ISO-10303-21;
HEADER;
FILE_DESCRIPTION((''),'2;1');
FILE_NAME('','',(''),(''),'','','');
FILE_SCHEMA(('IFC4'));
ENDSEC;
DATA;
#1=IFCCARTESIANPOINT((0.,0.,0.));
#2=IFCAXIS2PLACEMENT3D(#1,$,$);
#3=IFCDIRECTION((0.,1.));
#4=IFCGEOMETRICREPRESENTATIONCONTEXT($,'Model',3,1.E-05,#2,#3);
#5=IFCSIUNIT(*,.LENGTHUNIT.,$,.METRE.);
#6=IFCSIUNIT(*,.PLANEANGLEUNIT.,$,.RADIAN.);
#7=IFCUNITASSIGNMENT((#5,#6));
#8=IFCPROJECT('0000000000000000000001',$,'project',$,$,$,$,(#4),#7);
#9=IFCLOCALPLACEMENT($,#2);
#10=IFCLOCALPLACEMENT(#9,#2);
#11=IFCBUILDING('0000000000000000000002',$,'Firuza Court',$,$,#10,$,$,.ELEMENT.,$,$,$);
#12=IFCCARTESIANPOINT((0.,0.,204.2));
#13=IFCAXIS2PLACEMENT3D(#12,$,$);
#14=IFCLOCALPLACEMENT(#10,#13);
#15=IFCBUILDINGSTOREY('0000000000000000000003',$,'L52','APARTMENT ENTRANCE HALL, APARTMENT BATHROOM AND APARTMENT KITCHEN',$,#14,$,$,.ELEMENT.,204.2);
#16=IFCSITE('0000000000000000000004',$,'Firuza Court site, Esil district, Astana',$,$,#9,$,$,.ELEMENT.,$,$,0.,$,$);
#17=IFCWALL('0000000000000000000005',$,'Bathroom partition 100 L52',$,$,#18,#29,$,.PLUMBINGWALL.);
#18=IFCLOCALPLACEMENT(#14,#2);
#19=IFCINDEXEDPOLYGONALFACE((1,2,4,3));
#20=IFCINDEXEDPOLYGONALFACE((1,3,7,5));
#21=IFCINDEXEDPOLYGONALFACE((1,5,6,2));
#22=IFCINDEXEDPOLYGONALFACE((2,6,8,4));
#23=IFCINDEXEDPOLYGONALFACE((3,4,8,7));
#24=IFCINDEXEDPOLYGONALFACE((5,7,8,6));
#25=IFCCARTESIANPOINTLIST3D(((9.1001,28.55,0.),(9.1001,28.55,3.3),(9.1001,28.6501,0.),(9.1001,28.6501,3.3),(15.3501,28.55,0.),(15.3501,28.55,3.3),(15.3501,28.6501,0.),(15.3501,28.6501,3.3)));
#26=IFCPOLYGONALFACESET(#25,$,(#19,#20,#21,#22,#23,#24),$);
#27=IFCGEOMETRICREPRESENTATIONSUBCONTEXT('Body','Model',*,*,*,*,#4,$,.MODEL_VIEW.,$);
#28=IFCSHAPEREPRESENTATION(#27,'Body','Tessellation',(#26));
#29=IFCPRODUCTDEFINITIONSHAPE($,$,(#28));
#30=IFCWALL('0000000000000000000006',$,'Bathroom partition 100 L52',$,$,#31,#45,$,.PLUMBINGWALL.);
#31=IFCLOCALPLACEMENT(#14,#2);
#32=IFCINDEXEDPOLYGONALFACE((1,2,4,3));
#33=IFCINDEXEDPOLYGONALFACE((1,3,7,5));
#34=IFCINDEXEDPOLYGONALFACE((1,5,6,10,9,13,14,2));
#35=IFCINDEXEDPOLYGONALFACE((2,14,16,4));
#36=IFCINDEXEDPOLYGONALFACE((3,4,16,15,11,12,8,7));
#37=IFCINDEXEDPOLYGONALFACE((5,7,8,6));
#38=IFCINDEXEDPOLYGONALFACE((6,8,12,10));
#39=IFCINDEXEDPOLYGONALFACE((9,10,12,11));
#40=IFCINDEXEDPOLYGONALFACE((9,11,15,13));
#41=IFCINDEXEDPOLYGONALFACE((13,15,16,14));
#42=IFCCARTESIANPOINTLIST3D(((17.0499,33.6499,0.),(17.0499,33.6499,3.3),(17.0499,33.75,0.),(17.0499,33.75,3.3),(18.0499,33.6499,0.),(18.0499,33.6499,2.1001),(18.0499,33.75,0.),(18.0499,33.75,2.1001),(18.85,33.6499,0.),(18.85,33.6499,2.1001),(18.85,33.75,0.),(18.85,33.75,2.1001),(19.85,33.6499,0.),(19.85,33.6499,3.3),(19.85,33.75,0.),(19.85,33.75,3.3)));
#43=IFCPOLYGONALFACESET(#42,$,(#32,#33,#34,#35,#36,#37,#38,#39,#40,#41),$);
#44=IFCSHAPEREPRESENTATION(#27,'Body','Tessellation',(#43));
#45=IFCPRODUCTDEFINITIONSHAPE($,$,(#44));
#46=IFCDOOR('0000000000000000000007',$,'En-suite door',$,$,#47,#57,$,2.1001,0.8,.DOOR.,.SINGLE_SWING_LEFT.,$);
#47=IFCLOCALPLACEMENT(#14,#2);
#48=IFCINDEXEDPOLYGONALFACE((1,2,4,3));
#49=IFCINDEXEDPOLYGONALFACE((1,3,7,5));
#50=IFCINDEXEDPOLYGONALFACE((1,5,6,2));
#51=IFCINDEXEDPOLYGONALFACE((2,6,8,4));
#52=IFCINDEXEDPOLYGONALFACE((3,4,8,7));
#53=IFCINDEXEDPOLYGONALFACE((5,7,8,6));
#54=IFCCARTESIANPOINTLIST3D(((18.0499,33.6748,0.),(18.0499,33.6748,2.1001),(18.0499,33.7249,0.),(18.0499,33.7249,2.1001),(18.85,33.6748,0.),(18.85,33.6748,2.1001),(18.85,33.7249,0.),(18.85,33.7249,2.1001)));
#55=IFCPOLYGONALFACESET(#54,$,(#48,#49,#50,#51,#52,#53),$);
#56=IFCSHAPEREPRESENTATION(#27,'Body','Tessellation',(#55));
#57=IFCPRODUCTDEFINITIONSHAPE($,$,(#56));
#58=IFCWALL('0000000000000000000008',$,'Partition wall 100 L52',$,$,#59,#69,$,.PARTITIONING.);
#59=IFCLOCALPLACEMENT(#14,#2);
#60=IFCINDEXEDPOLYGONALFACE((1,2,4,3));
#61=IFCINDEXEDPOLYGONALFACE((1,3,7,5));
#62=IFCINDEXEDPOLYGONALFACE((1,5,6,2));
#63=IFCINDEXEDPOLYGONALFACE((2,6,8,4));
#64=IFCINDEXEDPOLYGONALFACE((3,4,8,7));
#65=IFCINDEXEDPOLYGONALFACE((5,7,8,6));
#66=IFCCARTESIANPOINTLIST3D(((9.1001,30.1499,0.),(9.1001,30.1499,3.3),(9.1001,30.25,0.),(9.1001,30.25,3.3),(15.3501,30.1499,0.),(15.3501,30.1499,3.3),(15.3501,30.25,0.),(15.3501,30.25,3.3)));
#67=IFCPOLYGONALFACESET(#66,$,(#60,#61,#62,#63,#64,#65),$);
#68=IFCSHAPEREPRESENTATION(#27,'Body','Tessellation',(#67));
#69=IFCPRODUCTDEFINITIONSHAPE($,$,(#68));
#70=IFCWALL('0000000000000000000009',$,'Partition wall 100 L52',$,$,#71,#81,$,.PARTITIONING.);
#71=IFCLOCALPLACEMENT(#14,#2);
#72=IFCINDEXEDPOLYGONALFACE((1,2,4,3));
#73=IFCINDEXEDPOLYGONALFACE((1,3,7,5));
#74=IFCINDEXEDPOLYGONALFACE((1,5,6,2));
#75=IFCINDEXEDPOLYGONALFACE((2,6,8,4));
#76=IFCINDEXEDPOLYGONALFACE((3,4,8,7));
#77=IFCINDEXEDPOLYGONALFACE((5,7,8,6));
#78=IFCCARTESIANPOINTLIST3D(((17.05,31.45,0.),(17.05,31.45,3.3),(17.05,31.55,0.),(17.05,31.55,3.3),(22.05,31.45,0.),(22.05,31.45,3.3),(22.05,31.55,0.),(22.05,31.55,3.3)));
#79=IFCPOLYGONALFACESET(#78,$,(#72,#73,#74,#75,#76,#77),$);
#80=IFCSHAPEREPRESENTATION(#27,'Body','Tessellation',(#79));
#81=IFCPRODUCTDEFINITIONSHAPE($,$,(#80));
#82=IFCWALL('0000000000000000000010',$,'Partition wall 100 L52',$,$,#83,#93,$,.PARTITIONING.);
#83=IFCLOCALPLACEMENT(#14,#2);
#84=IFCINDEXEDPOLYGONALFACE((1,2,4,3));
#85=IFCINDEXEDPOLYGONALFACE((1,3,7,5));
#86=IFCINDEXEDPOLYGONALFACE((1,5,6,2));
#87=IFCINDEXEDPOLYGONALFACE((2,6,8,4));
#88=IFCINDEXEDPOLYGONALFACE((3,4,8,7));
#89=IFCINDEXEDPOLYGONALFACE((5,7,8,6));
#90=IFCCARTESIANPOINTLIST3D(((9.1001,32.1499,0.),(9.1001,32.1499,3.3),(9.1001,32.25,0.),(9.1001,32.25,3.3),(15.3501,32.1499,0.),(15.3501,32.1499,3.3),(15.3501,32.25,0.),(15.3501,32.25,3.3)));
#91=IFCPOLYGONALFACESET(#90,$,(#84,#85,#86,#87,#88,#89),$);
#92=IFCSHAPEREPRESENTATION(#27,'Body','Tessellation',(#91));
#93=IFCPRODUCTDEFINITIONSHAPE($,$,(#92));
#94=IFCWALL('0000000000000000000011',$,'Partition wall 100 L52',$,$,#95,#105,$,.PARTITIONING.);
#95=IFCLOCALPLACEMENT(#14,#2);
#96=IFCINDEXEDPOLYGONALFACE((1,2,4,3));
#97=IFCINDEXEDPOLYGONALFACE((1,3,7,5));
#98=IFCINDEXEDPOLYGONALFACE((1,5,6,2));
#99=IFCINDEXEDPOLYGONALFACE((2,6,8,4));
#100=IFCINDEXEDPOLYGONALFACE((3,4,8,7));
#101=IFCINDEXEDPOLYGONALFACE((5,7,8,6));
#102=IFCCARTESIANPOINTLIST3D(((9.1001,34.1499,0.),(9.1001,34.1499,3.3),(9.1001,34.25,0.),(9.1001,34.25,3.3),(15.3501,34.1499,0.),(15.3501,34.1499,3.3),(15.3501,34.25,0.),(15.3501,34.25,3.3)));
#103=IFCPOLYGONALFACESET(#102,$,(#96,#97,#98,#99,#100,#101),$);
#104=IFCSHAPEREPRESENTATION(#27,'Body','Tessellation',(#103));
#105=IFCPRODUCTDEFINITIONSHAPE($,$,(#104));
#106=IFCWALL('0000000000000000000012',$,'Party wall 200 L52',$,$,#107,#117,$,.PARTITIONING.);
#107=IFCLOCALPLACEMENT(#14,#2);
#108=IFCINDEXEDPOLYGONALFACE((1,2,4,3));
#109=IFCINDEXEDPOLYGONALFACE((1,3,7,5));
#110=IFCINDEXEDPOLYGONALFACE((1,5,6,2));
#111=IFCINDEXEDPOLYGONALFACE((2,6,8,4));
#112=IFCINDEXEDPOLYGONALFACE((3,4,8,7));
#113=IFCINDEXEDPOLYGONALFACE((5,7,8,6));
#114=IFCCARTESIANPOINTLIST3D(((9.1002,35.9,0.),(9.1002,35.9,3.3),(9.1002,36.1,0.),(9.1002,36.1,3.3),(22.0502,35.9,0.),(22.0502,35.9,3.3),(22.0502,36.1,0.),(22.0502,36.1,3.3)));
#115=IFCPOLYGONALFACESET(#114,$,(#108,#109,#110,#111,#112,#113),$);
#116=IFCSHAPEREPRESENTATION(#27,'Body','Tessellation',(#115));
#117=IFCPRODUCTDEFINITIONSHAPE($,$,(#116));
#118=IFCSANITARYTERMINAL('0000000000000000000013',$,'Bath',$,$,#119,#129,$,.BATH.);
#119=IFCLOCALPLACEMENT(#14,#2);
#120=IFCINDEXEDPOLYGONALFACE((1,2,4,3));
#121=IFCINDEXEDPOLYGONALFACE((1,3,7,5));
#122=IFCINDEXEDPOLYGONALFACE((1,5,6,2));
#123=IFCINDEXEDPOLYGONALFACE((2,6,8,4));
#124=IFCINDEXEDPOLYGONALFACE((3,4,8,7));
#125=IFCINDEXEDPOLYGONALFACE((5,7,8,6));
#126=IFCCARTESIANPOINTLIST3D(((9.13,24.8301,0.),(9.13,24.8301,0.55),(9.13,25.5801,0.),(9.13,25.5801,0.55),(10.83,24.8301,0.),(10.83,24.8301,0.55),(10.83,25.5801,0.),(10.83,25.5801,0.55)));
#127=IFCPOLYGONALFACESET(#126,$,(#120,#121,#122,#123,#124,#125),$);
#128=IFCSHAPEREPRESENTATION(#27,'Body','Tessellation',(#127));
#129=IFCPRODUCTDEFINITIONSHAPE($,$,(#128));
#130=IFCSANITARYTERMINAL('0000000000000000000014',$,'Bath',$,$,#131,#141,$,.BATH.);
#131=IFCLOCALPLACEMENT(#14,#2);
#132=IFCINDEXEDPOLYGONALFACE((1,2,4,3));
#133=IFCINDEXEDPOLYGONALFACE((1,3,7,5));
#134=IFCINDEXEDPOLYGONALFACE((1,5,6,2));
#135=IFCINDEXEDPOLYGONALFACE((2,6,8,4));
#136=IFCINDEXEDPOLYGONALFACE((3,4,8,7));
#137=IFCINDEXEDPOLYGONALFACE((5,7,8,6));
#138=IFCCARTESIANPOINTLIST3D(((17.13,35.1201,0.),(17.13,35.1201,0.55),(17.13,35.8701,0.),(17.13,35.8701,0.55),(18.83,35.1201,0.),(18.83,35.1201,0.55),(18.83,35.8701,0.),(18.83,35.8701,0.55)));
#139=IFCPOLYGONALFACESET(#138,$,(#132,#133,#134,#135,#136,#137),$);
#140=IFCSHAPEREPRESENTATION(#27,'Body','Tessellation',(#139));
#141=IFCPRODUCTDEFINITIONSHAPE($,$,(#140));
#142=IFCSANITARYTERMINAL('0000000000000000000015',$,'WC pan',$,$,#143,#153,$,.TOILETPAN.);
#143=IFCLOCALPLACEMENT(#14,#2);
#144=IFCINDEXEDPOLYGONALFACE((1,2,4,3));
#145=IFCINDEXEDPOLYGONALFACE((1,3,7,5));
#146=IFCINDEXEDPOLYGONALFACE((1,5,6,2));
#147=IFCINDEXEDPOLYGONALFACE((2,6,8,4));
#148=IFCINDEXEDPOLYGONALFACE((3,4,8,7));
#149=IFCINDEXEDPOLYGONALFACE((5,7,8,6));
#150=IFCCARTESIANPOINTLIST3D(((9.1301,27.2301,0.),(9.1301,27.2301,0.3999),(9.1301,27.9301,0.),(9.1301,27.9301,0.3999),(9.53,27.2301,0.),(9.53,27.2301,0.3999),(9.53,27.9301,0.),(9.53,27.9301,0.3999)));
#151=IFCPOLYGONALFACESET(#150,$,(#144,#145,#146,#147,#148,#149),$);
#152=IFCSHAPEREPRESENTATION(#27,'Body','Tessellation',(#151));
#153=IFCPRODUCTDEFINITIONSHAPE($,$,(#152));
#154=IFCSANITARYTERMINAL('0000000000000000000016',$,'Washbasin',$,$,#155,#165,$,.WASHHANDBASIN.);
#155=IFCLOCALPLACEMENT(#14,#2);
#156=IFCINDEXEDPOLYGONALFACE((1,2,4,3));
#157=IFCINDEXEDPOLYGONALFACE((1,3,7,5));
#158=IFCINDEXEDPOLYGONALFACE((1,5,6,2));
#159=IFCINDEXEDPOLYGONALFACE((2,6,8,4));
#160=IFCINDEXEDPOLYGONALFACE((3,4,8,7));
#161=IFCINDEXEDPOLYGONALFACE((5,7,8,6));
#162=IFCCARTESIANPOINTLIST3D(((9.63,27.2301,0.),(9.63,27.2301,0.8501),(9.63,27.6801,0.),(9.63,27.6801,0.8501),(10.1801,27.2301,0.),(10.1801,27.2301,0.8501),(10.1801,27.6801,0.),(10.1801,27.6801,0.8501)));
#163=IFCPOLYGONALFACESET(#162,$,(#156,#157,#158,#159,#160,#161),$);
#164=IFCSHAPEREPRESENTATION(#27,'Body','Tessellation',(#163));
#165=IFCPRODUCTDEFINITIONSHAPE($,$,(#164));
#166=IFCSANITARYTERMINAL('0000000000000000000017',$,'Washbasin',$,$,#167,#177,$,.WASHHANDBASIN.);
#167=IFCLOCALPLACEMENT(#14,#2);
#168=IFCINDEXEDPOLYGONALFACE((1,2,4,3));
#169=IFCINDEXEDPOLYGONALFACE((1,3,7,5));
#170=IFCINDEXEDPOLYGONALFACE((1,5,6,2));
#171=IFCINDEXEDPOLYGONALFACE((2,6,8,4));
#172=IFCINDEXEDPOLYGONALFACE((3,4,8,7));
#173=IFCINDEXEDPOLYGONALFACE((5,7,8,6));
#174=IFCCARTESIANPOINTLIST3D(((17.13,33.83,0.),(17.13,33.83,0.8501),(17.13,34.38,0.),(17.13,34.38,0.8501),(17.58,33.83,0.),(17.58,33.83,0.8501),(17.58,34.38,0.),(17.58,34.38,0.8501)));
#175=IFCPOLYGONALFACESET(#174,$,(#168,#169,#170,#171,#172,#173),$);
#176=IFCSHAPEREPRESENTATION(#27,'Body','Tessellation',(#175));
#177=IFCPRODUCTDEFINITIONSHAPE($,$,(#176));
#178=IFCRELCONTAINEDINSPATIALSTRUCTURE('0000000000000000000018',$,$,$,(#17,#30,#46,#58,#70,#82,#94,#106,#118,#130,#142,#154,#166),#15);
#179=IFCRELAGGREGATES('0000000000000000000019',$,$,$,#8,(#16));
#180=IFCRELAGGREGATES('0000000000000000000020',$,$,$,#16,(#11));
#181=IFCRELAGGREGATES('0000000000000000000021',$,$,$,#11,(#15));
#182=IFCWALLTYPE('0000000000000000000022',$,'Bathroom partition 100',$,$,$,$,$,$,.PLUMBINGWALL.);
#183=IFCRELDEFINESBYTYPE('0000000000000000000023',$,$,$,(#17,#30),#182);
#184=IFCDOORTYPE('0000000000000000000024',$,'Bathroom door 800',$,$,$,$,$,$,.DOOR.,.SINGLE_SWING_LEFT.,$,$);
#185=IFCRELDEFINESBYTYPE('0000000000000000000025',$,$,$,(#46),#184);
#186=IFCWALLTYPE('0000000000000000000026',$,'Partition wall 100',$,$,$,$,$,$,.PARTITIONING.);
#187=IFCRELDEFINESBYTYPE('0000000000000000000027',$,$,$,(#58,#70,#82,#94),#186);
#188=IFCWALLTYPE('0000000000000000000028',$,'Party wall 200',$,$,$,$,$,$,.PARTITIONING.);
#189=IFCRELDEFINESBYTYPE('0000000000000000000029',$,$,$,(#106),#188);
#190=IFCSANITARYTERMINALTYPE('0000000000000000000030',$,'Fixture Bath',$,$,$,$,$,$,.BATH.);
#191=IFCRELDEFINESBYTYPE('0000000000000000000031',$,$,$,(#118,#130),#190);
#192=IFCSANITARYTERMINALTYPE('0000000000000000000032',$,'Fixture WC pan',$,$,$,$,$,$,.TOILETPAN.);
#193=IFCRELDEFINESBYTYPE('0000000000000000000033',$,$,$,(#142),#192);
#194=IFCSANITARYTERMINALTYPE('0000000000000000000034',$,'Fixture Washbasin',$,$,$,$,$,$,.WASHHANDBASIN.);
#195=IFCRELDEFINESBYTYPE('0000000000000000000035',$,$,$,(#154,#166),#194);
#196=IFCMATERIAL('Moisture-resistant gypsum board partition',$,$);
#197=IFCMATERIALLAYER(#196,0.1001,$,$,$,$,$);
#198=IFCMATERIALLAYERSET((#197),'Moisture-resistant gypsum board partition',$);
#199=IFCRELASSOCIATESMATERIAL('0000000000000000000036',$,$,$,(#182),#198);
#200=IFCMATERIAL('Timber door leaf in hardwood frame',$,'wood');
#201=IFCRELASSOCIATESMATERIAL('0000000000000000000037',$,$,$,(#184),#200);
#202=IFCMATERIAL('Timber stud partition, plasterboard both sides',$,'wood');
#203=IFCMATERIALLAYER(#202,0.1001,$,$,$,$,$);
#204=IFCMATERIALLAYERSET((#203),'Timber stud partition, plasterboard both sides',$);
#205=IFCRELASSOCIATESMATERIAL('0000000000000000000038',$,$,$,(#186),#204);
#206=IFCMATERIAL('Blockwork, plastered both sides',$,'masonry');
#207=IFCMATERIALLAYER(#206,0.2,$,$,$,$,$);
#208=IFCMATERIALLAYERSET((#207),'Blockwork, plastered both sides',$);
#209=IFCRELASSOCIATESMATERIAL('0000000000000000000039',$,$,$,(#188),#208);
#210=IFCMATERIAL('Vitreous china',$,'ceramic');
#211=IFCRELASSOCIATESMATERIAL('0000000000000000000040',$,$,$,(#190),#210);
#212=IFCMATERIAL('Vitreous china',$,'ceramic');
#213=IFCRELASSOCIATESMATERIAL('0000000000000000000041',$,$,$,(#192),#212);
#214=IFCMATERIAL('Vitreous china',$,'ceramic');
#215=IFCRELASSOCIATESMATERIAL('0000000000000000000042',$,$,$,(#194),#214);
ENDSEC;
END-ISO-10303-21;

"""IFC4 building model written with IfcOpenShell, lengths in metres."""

from ifc_helpers import new_model, si_unit, direction, frame, frame_2d, origin, origin_2d, place, context, subcontext, project, spatial, rectangle, extrude, material, layer, layer_set, type_object, element, fill, save


model = new_model("IFC4")

# Units and contexts
model_context = context("Model", 3, precision=1e-05, world=origin(), true_north=direction((0.0, 1.0)))
body_context = subcontext(model_context, "Body", "Model", "MODEL_VIEW")
ifc_project = project(units=[si_unit("LENGTHUNIT", "METRE"), si_unit("PLANEANGLEUNIT", "RADIAN")], contexts=[model_context])

# Site, building, storey
site_placement = place(None, origin())
site = spatial("IfcSite", under=ifc_project, at=site_placement, Name="Firuza Court site, Esil district, Astana", CompositionType="ELEMENT", RefElevation=0.0)
building_placement = place(site_placement, origin())
building = spatial("IfcBuilding", under=site, at=building_placement, Name="Firuza Court", CompositionType="ELEMENT")
storey_placement = place(building_placement, frame((0.0, 0.0, 204.2)))
storey = spatial("IfcBuildingStorey", under=building, at=storey_placement, Name="L52", Description="APARTMENT ENTRANCE HALL, APARTMENT BATHROOM AND APARTMENT KITCHEN", CompositionType="ELEMENT", Elevation=204.2)

# Wall
ifc_material_1 = material(Name="Moisture-resistant gypsum board partition")
ifc_layer_1 = layer(ifc_material_1, 0.1001)
ifc_layer_set_1 = layer_set([ifc_layer_1], Name="Moisture-resistant gypsum board partition")
wall_type_1 = type_object("IfcWallType", Name="Bathroom partition 100", PredefinedType="PLUMBINGWALL", material=ifc_layer_set_1)
wall_1_placement = place(storey_placement, frame((9.1001, 28.6001, 0.0), z_axis=(0.0, 0.0, 1.0), x_axis=(1.0, 0.0, 0.0)))
element("IfcWall", 1, at=wall_1_placement, inside=storey, type_object=wall_type_1, Name="Bathroom partition 100 L52", PredefinedType="PLUMBINGWALL", context=body_context, shape_type="SweptSolid", body=[
    extrude(rectangle(XDim=6.25, YDim=0.1001, at=frame_2d((3.125, 0.0))), origin(), (0.0, 0.0, 1.0), 3.3),
])

# Wall, opening, door
wall_2_placement = place(storey_placement, frame((17.05, 33.7, 0.0), z_axis=(0.0, 0.0, 1.0), x_axis=(1.0, 0.0, 0.0)))
wall_2 = element("IfcWall", 2, at=wall_2_placement, inside=storey, type_object=wall_type_1, Name="Bathroom partition 100 L52", PredefinedType="PLUMBINGWALL", context=body_context, shape_type="SweptSolid", body=[
    extrude(rectangle(XDim=2.8, YDim=0.1001, at=frame_2d((1.3999, 0.0))), origin(), (0.0, 0.0, 1.0), 3.3),
])
opening_placement = place(wall_2_placement, frame((1.0, 0.0, 0.0)))
opening = element("IfcOpeningElement", 3, at=opening_placement, cuts=wall_2, PredefinedType="OPENING", context=body_context, shape_type="SweptSolid", body=[
    extrude(rectangle(XDim=0.8, YDim=2.1001, at=frame_2d((0.3999, 1.05))), frame((0.0, 0.062, 0.0), z_axis=(0.0, -1.0, 0.0), x_axis=(1.0, 0.0, 0.0)), (0.0, 0.0, 1.0), 0.124),
])
ifc_material_2 = material(Name="Timber door leaf in hardwood frame", Category="wood")
door_type = type_object("IfcDoorType", Name="Bathroom door 800", OperationType="SINGLE_SWING_LEFT", PredefinedType="DOOR", material=ifc_material_2)
door_placement = place(opening_placement, origin())
door = element("IfcDoor", 4, at=door_placement, inside=storey, type_object=door_type, Name="En-suite door", OperationType="SINGLE_SWING_LEFT", OverallHeight=2.1001, OverallWidth=0.8, PredefinedType="DOOR", context=body_context, shape_type="SweptSolid", body=[
    extrude(rectangle(XDim=0.8, YDim=2.1001, at=frame_2d((0.3999, 1.05))), frame((0.0, 0.0249, 0.0), z_axis=(0.0, -1.0, 0.0), x_axis=(1.0, 0.0, 0.0)), (0.0, 0.0, 1.0), 0.05),
])
fill(opening, door)

# Walls
ifc_material_3 = material(Name="Timber stud partition, plasterboard both sides", Category="wood")
ifc_layer_2 = layer(ifc_material_3, 0.1001)
ifc_layer_set_2 = layer_set([ifc_layer_2], Name="Timber stud partition, plasterboard both sides")
wall_type_2 = type_object("IfcWallType", Name="Partition wall 100", PredefinedType="PARTITIONING", material=ifc_layer_set_2)
wall_3_placement = place(storey_placement, frame((9.1001, 30.2, 0.0), z_axis=(0.0, 0.0, 1.0), x_axis=(1.0, 0.0, 0.0)))
element("IfcWall", 5, at=wall_3_placement, inside=storey, type_object=wall_type_2, Name="Partition wall 100 L52", PredefinedType="PARTITIONING", context=body_context, shape_type="SweptSolid", body=[
    extrude(rectangle(XDim=6.25, YDim=0.1001, at=frame_2d((3.125, 0.0))), origin(), (0.0, 0.0, 1.0), 3.3),
])
wall_4_placement = place(storey_placement, frame((17.05, 31.5, 0.0), z_axis=(0.0, 0.0, 1.0), x_axis=(1.0, 0.0, 0.0)))
element("IfcWall", 6, at=wall_4_placement, inside=storey, type_object=wall_type_2, Name="Partition wall 100 L52", PredefinedType="PARTITIONING", context=body_context, shape_type="SweptSolid", body=[
    extrude(rectangle(XDim=5.0, YDim=0.1001, at=frame_2d((2.5, 0.0))), origin(), (0.0, 0.0, 1.0), 3.3),
])
for number, where, z_axis, x_axis, name in (
    (7, (9.1001, 32.2, 0.0), (0.0, 0.0, 1.0), (1.0, 0.0, 0.0), "Partition wall 100 L52"),
    (8, (9.1001, 34.2, 0.0), (0.0, 0.0, 1.0), (1.0, 0.0, 0.0), "Partition wall 100 L52"),
):
    element("IfcWall", number, at=place(storey_placement, frame(where, z_axis=z_axis, x_axis=x_axis)), inside=storey, type_object=wall_type_2, Name=name, PredefinedType="PARTITIONING", context=body_context, shape_type="SweptSolid", body=[
        extrude(rectangle(XDim=6.25, YDim=0.1001, at=frame_2d((3.125, 0.0))), origin(), (0.0, 0.0, 1.0), 3.3),
    ])
ifc_material_4 = material(Name="Blockwork, plastered both sides", Category="masonry")
ifc_layer_3 = layer(ifc_material_4, 0.2)
ifc_layer_set_3 = layer_set([ifc_layer_3], Name="Blockwork, plastered both sides")
wall_type_3 = type_object("IfcWallType", Name="Party wall 200", PredefinedType="PARTITIONING", material=ifc_layer_set_3)
wall_5_placement = place(storey_placement, frame((9.1001, 36.0, 0.0), z_axis=(0.0, 0.0, 1.0), x_axis=(1.0, 0.0, 0.0)))
element("IfcWall", 9, at=wall_5_placement, inside=storey, type_object=wall_type_3, Name="Party wall 200 L52", PredefinedType="PARTITIONING", context=body_context, shape_type="SweptSolid", body=[
    extrude(rectangle(XDim=12.95, YDim=0.2, at=frame_2d((6.4751, 0.0))), origin(), (0.0, 0.0, 1.0), 3.3),
])

# Sanitary terminals
ifc_material_5 = material(Name="Vitreous china", Category="ceramic")
sanitary_terminal_type_1 = type_object("IfcSanitaryTerminalType", Name="Fixture Bath", PredefinedType="BATH", material=ifc_material_5)
for number, where, z_axis, x_axis, name in (
    (10, (9.98, 25.2051, 0.0), (0.0, 0.0, 1.0), (1.0, 0.0, 0.0), "Bath"),
    (11, (17.98, 35.4951, 0.0), (0.0, 0.0, 1.0), (1.0, 0.0, 0.0), "Bath"),
):
    element("IfcSanitaryTerminal", number, at=place(storey_placement, frame(where, z_axis=z_axis, x_axis=x_axis)), inside=storey, type_object=sanitary_terminal_type_1, Name=name, PredefinedType="BATH", context=body_context, shape_type="SweptSolid", body=[
        extrude(rectangle(XDim=1.7, YDim=0.75, at=origin_2d()), origin(), (0.0, 0.0, 1.0), 0.55),
    ])
ifc_material_6 = material(Name="Vitreous china", Category="ceramic")
sanitary_terminal_type_2 = type_object("IfcSanitaryTerminalType", Name="Fixture WC pan", PredefinedType="TOILETPAN", material=ifc_material_6)
sanitary_terminal_1_placement = place(storey_placement, frame((9.3301, 27.5801, 0.0), z_axis=(0.0, 0.0, 1.0), x_axis=(1.0, 0.0, 0.0)))
element("IfcSanitaryTerminal", 12, at=sanitary_terminal_1_placement, inside=storey, type_object=sanitary_terminal_type_2, Name="WC pan", PredefinedType="TOILETPAN", context=body_context, shape_type="SweptSolid", body=[
    extrude(rectangle(XDim=0.3999, YDim=0.7, at=origin_2d()), origin(), (0.0, 0.0, 1.0), 0.3999),
])
ifc_material_7 = material(Name="Vitreous china", Category="ceramic")
sanitary_terminal_type_3 = type_object("IfcSanitaryTerminalType", Name="Fixture Washbasin", PredefinedType="WASHHANDBASIN", material=ifc_material_7)
sanitary_terminal_2_placement = place(storey_placement, frame((9.905, 27.4551, 0.0), z_axis=(0.0, 0.0, 1.0), x_axis=(1.0, 0.0, 0.0)))
element("IfcSanitaryTerminal", 13, at=sanitary_terminal_2_placement, inside=storey, type_object=sanitary_terminal_type_3, Name="Washbasin", PredefinedType="WASHHANDBASIN", context=body_context, shape_type="SweptSolid", body=[
    extrude(rectangle(XDim=0.55, YDim=0.45, at=origin_2d()), origin(), (0.0, 0.0, 1.0), 0.8501),
])
sanitary_terminal_3_placement = place(storey_placement, frame((17.355, 34.105, 0.0), z_axis=(0.0, 0.0, 1.0), x_axis=(1.0, 0.0, 0.0)))
element("IfcSanitaryTerminal", 14, at=sanitary_terminal_3_placement, inside=storey, type_object=sanitary_terminal_type_3, Name="Washbasin", PredefinedType="WASHHANDBASIN", context=body_context, shape_type="SweptSolid", body=[
    extrude(rectangle(XDim=0.45, YDim=0.55, at=origin_2d()), origin(), (0.0, 0.0, 1.0), 0.8501),
])

save(model, "model.ifc")
